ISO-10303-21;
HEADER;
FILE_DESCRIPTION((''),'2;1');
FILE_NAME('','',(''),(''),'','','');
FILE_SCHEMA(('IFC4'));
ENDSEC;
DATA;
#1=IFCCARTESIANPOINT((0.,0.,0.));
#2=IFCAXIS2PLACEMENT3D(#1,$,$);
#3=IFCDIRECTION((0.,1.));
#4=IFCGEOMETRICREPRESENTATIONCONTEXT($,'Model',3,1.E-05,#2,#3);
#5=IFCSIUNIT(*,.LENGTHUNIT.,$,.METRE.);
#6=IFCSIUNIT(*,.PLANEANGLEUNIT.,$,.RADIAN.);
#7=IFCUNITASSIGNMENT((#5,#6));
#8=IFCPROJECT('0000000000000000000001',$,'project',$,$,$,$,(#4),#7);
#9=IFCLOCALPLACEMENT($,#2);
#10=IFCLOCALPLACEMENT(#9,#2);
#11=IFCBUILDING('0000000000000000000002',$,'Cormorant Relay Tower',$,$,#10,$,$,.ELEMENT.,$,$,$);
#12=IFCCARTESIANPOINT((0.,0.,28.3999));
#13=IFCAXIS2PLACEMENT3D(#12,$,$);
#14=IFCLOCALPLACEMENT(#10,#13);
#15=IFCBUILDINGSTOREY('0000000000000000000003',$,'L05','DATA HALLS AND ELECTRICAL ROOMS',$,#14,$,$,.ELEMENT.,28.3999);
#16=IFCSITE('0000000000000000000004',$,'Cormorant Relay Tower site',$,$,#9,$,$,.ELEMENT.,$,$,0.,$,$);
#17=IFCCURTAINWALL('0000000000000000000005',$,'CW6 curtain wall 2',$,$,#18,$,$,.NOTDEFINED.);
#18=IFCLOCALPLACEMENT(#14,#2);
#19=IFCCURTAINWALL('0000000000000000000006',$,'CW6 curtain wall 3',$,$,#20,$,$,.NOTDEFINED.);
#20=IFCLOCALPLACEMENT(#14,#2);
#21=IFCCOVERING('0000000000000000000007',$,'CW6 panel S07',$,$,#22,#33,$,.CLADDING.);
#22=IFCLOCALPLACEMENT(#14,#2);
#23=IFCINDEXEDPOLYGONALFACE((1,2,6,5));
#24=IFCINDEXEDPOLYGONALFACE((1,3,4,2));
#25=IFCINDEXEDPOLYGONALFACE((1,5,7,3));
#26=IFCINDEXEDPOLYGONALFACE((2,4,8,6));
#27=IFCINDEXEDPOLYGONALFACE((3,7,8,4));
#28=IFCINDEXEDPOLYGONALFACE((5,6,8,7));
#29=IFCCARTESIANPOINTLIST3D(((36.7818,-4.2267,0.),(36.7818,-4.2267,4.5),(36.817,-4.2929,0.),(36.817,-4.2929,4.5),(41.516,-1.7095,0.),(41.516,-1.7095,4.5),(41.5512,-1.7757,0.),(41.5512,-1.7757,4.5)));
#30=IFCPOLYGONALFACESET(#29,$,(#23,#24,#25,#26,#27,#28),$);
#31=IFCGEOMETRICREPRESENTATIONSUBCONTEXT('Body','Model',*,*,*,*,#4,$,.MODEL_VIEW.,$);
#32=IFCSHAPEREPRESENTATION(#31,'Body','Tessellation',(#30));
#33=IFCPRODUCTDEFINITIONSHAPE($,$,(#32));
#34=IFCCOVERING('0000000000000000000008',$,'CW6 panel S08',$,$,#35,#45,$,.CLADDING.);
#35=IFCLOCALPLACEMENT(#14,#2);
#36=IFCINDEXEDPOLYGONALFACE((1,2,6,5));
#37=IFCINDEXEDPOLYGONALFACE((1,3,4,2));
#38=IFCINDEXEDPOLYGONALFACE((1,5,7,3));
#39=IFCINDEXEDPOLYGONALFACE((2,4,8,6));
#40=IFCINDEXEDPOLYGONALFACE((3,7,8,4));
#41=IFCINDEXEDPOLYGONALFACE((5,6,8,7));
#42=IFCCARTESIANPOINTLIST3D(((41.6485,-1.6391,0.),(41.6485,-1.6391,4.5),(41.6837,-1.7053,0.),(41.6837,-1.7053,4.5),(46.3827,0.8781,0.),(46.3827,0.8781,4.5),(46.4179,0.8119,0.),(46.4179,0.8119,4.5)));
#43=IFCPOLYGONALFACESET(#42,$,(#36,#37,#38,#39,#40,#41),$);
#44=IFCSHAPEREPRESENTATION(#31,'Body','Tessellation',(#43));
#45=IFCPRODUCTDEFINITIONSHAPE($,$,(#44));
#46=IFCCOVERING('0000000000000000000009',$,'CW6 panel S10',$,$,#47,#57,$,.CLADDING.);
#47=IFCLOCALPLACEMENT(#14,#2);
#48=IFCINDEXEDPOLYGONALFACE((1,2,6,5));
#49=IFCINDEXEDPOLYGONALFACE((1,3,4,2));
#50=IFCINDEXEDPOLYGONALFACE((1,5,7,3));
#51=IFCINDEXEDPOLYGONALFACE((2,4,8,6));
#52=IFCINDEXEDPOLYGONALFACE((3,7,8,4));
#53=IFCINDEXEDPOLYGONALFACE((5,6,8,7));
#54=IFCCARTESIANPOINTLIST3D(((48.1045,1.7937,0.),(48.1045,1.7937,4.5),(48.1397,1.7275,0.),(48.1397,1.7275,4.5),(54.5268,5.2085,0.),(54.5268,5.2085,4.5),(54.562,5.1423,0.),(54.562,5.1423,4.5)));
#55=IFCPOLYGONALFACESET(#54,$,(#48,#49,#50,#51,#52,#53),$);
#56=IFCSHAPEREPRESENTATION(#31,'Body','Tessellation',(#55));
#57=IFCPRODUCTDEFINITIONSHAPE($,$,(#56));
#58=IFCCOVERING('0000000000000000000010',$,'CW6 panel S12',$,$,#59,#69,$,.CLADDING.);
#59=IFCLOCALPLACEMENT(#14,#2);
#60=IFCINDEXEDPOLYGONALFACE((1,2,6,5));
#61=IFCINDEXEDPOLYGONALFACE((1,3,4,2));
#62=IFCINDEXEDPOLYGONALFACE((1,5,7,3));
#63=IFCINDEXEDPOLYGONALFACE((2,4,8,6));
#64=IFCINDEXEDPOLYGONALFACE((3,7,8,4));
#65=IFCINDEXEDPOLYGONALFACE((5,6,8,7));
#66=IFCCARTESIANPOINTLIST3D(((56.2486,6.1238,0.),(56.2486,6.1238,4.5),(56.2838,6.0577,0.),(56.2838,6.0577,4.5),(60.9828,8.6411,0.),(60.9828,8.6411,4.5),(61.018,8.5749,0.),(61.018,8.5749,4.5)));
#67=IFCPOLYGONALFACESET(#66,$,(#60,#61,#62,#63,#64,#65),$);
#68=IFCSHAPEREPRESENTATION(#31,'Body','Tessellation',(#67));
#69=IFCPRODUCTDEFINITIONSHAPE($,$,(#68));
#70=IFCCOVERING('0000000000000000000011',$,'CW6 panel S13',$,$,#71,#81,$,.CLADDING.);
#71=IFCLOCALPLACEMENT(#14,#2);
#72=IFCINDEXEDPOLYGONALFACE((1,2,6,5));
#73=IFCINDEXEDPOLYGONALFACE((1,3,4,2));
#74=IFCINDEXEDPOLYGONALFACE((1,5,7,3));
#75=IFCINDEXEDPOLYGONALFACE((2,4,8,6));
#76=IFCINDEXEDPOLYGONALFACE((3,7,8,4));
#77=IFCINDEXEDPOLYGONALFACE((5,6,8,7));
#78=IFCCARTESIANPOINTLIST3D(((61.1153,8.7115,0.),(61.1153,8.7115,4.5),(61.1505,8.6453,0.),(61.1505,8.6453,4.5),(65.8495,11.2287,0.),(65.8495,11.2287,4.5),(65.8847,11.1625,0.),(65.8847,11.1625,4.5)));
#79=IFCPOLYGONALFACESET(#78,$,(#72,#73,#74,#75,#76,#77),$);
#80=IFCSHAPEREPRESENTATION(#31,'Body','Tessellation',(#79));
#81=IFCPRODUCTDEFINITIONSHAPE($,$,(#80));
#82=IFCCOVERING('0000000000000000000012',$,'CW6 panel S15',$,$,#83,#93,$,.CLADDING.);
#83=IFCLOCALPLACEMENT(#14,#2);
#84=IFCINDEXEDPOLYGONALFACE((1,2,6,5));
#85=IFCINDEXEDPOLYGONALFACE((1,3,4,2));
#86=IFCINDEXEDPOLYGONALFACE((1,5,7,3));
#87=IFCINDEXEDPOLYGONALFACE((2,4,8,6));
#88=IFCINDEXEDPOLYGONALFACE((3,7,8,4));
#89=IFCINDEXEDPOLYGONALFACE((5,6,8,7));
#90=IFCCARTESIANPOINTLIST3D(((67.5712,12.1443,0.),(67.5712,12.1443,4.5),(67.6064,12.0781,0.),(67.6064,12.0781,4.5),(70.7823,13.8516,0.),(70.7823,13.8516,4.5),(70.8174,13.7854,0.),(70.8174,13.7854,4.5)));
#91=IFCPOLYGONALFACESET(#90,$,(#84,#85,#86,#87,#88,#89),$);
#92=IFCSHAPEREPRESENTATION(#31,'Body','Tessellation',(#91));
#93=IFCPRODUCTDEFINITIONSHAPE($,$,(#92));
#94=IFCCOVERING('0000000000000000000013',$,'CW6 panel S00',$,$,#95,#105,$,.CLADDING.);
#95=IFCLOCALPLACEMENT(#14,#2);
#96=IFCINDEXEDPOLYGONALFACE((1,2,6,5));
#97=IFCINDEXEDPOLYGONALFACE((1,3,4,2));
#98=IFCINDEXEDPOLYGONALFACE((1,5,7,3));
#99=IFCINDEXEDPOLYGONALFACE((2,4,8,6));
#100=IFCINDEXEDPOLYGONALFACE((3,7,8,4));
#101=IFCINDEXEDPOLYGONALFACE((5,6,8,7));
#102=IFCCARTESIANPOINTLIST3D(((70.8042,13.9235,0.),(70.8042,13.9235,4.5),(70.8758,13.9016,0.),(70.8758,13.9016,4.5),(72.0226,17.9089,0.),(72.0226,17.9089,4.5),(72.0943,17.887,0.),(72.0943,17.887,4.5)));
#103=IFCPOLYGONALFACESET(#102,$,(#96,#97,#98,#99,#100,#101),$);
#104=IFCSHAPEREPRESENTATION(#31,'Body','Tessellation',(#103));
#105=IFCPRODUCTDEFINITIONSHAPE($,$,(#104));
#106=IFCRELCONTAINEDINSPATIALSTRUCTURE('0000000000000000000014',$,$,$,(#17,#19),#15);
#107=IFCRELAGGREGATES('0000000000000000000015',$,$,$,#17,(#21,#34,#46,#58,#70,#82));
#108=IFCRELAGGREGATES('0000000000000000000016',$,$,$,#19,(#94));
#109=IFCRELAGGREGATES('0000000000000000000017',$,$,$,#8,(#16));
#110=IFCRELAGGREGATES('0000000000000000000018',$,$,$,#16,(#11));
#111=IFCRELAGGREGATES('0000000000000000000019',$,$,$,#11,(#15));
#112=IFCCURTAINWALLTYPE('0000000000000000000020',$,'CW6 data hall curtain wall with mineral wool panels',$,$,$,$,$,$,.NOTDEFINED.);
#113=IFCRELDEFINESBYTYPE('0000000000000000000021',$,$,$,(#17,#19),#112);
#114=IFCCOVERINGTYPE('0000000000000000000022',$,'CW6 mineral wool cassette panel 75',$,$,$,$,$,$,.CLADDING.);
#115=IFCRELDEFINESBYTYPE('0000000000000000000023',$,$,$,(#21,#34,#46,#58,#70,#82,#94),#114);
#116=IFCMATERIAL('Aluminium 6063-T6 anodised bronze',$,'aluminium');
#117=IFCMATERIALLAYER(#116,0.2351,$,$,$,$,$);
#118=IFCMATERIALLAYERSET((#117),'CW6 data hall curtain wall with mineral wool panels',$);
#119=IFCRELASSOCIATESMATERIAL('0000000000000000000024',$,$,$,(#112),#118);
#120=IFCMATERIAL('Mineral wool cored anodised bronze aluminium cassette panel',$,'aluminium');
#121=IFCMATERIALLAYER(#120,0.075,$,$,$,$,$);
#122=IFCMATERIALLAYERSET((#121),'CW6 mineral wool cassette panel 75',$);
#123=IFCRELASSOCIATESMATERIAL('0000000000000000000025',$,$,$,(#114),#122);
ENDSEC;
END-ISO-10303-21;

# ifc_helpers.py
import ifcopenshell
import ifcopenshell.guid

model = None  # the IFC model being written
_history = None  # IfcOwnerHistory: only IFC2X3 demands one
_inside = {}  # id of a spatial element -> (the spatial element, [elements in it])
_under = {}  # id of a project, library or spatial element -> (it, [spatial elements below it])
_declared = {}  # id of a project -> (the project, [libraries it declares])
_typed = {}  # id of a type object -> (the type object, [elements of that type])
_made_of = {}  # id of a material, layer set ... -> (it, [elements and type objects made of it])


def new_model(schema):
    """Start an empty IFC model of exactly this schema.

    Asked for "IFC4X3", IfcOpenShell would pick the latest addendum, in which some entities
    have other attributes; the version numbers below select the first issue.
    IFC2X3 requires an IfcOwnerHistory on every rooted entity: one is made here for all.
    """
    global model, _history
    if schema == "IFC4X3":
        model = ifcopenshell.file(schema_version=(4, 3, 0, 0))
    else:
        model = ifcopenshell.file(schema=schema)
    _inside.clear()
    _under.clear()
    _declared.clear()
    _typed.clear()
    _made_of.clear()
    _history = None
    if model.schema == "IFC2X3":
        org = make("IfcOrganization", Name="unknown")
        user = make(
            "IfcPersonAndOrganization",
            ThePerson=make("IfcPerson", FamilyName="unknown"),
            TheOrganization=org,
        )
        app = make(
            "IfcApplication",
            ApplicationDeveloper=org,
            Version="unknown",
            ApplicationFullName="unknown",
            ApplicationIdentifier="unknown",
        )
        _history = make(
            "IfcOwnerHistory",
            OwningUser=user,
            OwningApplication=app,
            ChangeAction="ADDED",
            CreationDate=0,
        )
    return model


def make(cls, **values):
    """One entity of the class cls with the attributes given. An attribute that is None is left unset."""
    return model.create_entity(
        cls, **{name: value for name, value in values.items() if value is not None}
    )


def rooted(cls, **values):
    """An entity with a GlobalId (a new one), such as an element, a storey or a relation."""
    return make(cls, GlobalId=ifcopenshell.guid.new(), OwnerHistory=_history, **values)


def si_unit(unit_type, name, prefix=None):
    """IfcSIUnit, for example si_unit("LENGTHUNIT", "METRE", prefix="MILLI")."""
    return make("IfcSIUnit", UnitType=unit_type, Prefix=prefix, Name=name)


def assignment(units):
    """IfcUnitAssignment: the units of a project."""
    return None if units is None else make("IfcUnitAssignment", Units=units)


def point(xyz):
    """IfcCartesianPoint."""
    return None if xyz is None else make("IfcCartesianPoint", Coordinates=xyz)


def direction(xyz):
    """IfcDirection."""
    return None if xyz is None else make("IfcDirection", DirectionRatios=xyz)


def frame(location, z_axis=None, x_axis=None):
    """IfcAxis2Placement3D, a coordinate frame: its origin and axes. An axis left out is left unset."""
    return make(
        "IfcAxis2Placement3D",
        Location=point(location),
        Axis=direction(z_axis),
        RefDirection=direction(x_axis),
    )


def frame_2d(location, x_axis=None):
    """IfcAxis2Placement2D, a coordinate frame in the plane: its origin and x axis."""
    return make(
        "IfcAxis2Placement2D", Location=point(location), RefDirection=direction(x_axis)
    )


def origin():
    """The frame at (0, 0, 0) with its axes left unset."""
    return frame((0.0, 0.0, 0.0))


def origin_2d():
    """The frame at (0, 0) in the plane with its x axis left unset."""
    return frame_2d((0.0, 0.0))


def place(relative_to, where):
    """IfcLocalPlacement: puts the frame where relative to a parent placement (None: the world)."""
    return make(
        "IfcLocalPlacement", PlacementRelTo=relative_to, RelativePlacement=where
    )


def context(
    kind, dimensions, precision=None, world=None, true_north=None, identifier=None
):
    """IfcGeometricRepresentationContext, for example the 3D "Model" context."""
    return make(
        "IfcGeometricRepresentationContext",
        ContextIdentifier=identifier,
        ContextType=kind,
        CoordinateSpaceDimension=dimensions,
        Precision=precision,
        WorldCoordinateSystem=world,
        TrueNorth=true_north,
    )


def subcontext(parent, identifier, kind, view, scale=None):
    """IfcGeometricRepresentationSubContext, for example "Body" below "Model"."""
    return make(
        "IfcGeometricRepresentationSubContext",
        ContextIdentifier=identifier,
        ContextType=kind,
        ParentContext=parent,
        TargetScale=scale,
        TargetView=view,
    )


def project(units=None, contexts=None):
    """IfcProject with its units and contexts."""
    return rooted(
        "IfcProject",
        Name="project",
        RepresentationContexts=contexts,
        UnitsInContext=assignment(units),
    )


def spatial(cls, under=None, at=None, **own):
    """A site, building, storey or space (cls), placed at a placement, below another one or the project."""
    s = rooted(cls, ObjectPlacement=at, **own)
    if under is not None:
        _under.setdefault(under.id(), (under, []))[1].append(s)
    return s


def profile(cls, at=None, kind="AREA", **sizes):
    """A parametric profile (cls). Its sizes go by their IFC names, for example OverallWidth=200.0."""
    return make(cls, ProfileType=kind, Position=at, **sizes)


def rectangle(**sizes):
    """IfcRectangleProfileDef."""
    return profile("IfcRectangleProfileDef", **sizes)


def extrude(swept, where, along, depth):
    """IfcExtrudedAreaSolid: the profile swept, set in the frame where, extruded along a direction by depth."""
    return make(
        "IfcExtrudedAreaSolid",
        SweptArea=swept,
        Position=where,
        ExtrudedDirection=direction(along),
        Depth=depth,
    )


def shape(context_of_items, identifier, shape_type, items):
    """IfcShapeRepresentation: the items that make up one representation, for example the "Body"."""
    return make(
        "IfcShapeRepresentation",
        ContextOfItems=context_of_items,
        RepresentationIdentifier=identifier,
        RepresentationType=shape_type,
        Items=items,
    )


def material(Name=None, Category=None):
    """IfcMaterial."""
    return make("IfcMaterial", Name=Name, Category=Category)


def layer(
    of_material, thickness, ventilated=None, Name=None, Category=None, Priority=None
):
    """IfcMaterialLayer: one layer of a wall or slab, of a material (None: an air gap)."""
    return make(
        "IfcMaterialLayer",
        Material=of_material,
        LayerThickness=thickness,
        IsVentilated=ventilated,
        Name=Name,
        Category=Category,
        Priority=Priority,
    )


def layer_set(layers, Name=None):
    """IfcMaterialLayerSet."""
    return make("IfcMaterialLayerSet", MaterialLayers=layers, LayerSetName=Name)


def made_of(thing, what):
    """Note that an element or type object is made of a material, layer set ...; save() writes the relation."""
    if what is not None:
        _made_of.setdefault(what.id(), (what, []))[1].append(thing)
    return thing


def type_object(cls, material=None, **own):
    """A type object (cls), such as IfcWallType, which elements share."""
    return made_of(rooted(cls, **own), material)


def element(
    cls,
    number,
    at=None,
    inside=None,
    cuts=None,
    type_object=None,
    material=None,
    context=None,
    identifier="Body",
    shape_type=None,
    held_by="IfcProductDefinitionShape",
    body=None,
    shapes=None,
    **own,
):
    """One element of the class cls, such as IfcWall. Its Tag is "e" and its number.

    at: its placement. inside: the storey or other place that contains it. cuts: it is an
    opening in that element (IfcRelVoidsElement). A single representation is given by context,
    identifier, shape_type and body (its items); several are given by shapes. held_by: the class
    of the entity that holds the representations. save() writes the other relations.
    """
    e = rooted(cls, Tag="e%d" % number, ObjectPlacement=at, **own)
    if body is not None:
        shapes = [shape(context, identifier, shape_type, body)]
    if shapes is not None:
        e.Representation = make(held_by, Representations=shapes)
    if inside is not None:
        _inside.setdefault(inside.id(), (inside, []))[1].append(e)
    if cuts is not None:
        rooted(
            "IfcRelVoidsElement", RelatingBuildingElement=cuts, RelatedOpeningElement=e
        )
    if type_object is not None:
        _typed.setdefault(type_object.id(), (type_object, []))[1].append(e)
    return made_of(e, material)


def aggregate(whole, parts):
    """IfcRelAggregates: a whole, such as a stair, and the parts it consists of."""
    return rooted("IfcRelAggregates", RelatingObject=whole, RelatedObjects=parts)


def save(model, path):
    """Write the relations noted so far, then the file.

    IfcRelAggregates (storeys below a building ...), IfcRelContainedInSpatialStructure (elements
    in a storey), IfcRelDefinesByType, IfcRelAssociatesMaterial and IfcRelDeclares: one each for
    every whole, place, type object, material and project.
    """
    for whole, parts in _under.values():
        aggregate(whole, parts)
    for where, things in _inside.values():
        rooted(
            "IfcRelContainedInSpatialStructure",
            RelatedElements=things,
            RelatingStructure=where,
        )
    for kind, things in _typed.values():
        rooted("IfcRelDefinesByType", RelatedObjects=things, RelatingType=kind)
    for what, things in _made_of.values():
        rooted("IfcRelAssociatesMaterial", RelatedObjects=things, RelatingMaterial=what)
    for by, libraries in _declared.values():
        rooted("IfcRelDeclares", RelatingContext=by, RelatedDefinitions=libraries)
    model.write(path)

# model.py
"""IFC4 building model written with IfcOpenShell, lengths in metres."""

from ifc_helpers import new_model, si_unit, direction, frame, origin, origin_2d, place, context, subcontext, project, spatial, rectangle, extrude, material, layer, layer_set, type_object, element, aggregate, save


model = new_model("IFC4")

# Units and contexts
model_context = context("Model", 3, precision=1e-05, world=origin(), true_north=direction((0.0, 1.0)))
body_context = subcontext(model_context, "Body", "Model", "MODEL_VIEW")
ifc_project = project(units=[si_unit("LENGTHUNIT", "METRE"), si_unit("PLANEANGLEUNIT", "RADIAN")], contexts=[model_context])

# Site, building, storey
site_placement = place(None, origin())
site = spatial("IfcSite", under=ifc_project, at=site_placement, Name="Cormorant Relay Tower site", CompositionType="ELEMENT", RefElevation=0.0)
building_placement = place(site_placement, origin())
building = spatial("IfcBuilding", under=site, at=building_placement, Name="Cormorant Relay Tower", CompositionType="ELEMENT")
storey_placement = place(building_placement, frame((0.0, 0.0, 28.3999)))
storey = spatial("IfcBuildingStorey", under=building, at=storey_placement, Name="L05", Description="DATA HALLS AND ELECTRICAL ROOMS", CompositionType="ELEMENT", Elevation=28.3999)

# Curtain walls
ifc_material_1 = material(Name="Aluminium 6063-T6 anodised bronze", Category="aluminium")
ifc_layer_1 = layer(ifc_material_1, 0.2351)
ifc_layer_set_1 = layer_set([ifc_layer_1], Name="CW6 data hall curtain wall with mineral wool panels")
curtain_wall_type = type_object("IfcCurtainWallType", Name="CW6 data hall curtain wall with mineral wool panels", PredefinedType="NOTDEFINED", material=ifc_layer_set_1)
curtain_wall_1_placement = place(storey_placement, origin())
curtain_wall_1 = element("IfcCurtainWall", 1, at=curtain_wall_1_placement, inside=storey, type_object=curtain_wall_type, Name="CW6 curtain wall 2", PredefinedType="NOTDEFINED")
curtain_wall_2_placement = place(storey_placement, origin())
curtain_wall_2 = element("IfcCurtainWall", 2, at=curtain_wall_2_placement, inside=storey, type_object=curtain_wall_type, Name="CW6 curtain wall 3", PredefinedType="NOTDEFINED")

# Coverings
ifc_material_2 = material(Name="Mineral wool cored anodised bronze aluminium cassette panel", Category="aluminium")
ifc_layer_2 = layer(ifc_material_2, 0.075)
ifc_layer_set_2 = layer_set([ifc_layer_2], Name="CW6 mineral wool cassette panel 75")
covering_type = type_object("IfcCoveringType", Name="CW6 mineral wool cassette panel 75", PredefinedType="CLADDING", material=ifc_layer_set_2)
covering_1_placement = place(storey_placement, frame((39.1665, -3.0012, 0.0), z_axis=(0.0, 0.0, 1.0), x_axis=(0.882948, 0.469472, 0.0)))
covering_1 = element("IfcCovering", 3, at=covering_1_placement, type_object=covering_type, Name="CW6 panel S07", PredefinedType="CLADDING", context=body_context, shape_type="SweptSolid", body=[
    extrude(rectangle(XDim=5.3618, YDim=0.075, at=origin_2d()), origin(), (0.0, 0.0, 1.0), 4.5),
])
covering_2_placement = place(storey_placement, frame((44.0332, -0.4136, 0.0), z_axis=(0.0, 0.0, 1.0), x_axis=(0.882948, 0.469472, 0.0)))
covering_2 = element("IfcCovering", 4, at=covering_2_placement, type_object=covering_type, Name="CW6 panel S08", PredefinedType="CLADDING", context=body_context, shape_type="SweptSolid", body=[
    extrude(rectangle(XDim=5.3618, YDim=0.075, at=origin_2d()), origin(), (0.0, 0.0, 1.0), 4.5),
])
covering_3_placement = place(storey_placement, frame((51.3333, 3.468, 0.0), z_axis=(0.0, 0.0, 1.0), x_axis=(0.882948, 0.469472, 0.0)))
covering_3 = element("IfcCovering", 5, at=covering_3_placement, type_object=covering_type, Name="CW6 panel S10", PredefinedType="CLADDING", context=body_context, shape_type="SweptSolid", body=[
    extrude(rectangle(XDim=7.2737, YDim=0.075, at=origin_2d()), origin(), (0.0, 0.0, 1.0), 4.5),
])
covering_4_placement = place(storey_placement, frame((58.6333, 7.3494, 0.0), z_axis=(0.0, 0.0, 1.0), x_axis=(0.882948, 0.469472, 0.0)))
covering_4 = element("IfcCovering", 6, at=covering_4_placement, type_object=covering_type, Name="CW6 panel S12", PredefinedType="CLADDING", context=body_context, shape_type="SweptSolid", body=[
    extrude(rectangle(XDim=5.3618, YDim=0.075, at=origin_2d()), origin(), (0.0, 0.0, 1.0), 4.5),
])
covering_5_placement = place(storey_placement, frame((63.5, 9.937, 0.0), z_axis=(0.0, 0.0, 1.0), x_axis=(0.882948, 0.469472, 0.0)))
covering_5 = element("IfcCovering", 7, at=covering_5_placement, type_object=covering_type, Name="CW6 panel S13", PredefinedType="CLADDING", context=body_context, shape_type="SweptSolid", body=[
    extrude(rectangle(XDim=5.3618, YDim=0.075, at=origin_2d()), origin(), (0.0, 0.0, 1.0), 4.5),
])
covering_6_placement = place(storey_placement, frame((69.1943, 12.9648, 0.0), z_axis=(0.0, 0.0, 1.0), x_axis=(0.882948, 0.469472, 0.0)))
covering_6 = element("IfcCovering", 8, at=covering_6_placement, type_object=covering_type, Name="CW6 panel S15", PredefinedType="CLADDING", context=body_context, shape_type="SweptSolid", body=[
    extrude(rectangle(XDim=3.6367, YDim=0.075, at=origin_2d()), origin(), (0.0, 0.0, 1.0), 4.5),
])
aggregate(curtain_wall_1, [covering_1, covering_2, covering_3, covering_4, covering_5, covering_6])
covering_7_placement = place(storey_placement, frame((71.4492, 15.9053, 0.0), z_axis=(0.0, 0.0, 1.0), x_axis=(0.292372, 0.956305, 0.0)))
covering_7 = element("IfcCovering", 9, at=covering_7_placement, type_object=covering_type, Name="CW6 panel S00", PredefinedType="CLADDING", context=body_context, shape_type="SweptSolid", body=[
    extrude(rectangle(XDim=4.1675, YDim=0.075, at=origin_2d()), origin(), (0.0, 0.0, 1.0), 4.5),
])
aggregate(curtain_wall_2, [covering_7])

save(model, "model.ifc")
